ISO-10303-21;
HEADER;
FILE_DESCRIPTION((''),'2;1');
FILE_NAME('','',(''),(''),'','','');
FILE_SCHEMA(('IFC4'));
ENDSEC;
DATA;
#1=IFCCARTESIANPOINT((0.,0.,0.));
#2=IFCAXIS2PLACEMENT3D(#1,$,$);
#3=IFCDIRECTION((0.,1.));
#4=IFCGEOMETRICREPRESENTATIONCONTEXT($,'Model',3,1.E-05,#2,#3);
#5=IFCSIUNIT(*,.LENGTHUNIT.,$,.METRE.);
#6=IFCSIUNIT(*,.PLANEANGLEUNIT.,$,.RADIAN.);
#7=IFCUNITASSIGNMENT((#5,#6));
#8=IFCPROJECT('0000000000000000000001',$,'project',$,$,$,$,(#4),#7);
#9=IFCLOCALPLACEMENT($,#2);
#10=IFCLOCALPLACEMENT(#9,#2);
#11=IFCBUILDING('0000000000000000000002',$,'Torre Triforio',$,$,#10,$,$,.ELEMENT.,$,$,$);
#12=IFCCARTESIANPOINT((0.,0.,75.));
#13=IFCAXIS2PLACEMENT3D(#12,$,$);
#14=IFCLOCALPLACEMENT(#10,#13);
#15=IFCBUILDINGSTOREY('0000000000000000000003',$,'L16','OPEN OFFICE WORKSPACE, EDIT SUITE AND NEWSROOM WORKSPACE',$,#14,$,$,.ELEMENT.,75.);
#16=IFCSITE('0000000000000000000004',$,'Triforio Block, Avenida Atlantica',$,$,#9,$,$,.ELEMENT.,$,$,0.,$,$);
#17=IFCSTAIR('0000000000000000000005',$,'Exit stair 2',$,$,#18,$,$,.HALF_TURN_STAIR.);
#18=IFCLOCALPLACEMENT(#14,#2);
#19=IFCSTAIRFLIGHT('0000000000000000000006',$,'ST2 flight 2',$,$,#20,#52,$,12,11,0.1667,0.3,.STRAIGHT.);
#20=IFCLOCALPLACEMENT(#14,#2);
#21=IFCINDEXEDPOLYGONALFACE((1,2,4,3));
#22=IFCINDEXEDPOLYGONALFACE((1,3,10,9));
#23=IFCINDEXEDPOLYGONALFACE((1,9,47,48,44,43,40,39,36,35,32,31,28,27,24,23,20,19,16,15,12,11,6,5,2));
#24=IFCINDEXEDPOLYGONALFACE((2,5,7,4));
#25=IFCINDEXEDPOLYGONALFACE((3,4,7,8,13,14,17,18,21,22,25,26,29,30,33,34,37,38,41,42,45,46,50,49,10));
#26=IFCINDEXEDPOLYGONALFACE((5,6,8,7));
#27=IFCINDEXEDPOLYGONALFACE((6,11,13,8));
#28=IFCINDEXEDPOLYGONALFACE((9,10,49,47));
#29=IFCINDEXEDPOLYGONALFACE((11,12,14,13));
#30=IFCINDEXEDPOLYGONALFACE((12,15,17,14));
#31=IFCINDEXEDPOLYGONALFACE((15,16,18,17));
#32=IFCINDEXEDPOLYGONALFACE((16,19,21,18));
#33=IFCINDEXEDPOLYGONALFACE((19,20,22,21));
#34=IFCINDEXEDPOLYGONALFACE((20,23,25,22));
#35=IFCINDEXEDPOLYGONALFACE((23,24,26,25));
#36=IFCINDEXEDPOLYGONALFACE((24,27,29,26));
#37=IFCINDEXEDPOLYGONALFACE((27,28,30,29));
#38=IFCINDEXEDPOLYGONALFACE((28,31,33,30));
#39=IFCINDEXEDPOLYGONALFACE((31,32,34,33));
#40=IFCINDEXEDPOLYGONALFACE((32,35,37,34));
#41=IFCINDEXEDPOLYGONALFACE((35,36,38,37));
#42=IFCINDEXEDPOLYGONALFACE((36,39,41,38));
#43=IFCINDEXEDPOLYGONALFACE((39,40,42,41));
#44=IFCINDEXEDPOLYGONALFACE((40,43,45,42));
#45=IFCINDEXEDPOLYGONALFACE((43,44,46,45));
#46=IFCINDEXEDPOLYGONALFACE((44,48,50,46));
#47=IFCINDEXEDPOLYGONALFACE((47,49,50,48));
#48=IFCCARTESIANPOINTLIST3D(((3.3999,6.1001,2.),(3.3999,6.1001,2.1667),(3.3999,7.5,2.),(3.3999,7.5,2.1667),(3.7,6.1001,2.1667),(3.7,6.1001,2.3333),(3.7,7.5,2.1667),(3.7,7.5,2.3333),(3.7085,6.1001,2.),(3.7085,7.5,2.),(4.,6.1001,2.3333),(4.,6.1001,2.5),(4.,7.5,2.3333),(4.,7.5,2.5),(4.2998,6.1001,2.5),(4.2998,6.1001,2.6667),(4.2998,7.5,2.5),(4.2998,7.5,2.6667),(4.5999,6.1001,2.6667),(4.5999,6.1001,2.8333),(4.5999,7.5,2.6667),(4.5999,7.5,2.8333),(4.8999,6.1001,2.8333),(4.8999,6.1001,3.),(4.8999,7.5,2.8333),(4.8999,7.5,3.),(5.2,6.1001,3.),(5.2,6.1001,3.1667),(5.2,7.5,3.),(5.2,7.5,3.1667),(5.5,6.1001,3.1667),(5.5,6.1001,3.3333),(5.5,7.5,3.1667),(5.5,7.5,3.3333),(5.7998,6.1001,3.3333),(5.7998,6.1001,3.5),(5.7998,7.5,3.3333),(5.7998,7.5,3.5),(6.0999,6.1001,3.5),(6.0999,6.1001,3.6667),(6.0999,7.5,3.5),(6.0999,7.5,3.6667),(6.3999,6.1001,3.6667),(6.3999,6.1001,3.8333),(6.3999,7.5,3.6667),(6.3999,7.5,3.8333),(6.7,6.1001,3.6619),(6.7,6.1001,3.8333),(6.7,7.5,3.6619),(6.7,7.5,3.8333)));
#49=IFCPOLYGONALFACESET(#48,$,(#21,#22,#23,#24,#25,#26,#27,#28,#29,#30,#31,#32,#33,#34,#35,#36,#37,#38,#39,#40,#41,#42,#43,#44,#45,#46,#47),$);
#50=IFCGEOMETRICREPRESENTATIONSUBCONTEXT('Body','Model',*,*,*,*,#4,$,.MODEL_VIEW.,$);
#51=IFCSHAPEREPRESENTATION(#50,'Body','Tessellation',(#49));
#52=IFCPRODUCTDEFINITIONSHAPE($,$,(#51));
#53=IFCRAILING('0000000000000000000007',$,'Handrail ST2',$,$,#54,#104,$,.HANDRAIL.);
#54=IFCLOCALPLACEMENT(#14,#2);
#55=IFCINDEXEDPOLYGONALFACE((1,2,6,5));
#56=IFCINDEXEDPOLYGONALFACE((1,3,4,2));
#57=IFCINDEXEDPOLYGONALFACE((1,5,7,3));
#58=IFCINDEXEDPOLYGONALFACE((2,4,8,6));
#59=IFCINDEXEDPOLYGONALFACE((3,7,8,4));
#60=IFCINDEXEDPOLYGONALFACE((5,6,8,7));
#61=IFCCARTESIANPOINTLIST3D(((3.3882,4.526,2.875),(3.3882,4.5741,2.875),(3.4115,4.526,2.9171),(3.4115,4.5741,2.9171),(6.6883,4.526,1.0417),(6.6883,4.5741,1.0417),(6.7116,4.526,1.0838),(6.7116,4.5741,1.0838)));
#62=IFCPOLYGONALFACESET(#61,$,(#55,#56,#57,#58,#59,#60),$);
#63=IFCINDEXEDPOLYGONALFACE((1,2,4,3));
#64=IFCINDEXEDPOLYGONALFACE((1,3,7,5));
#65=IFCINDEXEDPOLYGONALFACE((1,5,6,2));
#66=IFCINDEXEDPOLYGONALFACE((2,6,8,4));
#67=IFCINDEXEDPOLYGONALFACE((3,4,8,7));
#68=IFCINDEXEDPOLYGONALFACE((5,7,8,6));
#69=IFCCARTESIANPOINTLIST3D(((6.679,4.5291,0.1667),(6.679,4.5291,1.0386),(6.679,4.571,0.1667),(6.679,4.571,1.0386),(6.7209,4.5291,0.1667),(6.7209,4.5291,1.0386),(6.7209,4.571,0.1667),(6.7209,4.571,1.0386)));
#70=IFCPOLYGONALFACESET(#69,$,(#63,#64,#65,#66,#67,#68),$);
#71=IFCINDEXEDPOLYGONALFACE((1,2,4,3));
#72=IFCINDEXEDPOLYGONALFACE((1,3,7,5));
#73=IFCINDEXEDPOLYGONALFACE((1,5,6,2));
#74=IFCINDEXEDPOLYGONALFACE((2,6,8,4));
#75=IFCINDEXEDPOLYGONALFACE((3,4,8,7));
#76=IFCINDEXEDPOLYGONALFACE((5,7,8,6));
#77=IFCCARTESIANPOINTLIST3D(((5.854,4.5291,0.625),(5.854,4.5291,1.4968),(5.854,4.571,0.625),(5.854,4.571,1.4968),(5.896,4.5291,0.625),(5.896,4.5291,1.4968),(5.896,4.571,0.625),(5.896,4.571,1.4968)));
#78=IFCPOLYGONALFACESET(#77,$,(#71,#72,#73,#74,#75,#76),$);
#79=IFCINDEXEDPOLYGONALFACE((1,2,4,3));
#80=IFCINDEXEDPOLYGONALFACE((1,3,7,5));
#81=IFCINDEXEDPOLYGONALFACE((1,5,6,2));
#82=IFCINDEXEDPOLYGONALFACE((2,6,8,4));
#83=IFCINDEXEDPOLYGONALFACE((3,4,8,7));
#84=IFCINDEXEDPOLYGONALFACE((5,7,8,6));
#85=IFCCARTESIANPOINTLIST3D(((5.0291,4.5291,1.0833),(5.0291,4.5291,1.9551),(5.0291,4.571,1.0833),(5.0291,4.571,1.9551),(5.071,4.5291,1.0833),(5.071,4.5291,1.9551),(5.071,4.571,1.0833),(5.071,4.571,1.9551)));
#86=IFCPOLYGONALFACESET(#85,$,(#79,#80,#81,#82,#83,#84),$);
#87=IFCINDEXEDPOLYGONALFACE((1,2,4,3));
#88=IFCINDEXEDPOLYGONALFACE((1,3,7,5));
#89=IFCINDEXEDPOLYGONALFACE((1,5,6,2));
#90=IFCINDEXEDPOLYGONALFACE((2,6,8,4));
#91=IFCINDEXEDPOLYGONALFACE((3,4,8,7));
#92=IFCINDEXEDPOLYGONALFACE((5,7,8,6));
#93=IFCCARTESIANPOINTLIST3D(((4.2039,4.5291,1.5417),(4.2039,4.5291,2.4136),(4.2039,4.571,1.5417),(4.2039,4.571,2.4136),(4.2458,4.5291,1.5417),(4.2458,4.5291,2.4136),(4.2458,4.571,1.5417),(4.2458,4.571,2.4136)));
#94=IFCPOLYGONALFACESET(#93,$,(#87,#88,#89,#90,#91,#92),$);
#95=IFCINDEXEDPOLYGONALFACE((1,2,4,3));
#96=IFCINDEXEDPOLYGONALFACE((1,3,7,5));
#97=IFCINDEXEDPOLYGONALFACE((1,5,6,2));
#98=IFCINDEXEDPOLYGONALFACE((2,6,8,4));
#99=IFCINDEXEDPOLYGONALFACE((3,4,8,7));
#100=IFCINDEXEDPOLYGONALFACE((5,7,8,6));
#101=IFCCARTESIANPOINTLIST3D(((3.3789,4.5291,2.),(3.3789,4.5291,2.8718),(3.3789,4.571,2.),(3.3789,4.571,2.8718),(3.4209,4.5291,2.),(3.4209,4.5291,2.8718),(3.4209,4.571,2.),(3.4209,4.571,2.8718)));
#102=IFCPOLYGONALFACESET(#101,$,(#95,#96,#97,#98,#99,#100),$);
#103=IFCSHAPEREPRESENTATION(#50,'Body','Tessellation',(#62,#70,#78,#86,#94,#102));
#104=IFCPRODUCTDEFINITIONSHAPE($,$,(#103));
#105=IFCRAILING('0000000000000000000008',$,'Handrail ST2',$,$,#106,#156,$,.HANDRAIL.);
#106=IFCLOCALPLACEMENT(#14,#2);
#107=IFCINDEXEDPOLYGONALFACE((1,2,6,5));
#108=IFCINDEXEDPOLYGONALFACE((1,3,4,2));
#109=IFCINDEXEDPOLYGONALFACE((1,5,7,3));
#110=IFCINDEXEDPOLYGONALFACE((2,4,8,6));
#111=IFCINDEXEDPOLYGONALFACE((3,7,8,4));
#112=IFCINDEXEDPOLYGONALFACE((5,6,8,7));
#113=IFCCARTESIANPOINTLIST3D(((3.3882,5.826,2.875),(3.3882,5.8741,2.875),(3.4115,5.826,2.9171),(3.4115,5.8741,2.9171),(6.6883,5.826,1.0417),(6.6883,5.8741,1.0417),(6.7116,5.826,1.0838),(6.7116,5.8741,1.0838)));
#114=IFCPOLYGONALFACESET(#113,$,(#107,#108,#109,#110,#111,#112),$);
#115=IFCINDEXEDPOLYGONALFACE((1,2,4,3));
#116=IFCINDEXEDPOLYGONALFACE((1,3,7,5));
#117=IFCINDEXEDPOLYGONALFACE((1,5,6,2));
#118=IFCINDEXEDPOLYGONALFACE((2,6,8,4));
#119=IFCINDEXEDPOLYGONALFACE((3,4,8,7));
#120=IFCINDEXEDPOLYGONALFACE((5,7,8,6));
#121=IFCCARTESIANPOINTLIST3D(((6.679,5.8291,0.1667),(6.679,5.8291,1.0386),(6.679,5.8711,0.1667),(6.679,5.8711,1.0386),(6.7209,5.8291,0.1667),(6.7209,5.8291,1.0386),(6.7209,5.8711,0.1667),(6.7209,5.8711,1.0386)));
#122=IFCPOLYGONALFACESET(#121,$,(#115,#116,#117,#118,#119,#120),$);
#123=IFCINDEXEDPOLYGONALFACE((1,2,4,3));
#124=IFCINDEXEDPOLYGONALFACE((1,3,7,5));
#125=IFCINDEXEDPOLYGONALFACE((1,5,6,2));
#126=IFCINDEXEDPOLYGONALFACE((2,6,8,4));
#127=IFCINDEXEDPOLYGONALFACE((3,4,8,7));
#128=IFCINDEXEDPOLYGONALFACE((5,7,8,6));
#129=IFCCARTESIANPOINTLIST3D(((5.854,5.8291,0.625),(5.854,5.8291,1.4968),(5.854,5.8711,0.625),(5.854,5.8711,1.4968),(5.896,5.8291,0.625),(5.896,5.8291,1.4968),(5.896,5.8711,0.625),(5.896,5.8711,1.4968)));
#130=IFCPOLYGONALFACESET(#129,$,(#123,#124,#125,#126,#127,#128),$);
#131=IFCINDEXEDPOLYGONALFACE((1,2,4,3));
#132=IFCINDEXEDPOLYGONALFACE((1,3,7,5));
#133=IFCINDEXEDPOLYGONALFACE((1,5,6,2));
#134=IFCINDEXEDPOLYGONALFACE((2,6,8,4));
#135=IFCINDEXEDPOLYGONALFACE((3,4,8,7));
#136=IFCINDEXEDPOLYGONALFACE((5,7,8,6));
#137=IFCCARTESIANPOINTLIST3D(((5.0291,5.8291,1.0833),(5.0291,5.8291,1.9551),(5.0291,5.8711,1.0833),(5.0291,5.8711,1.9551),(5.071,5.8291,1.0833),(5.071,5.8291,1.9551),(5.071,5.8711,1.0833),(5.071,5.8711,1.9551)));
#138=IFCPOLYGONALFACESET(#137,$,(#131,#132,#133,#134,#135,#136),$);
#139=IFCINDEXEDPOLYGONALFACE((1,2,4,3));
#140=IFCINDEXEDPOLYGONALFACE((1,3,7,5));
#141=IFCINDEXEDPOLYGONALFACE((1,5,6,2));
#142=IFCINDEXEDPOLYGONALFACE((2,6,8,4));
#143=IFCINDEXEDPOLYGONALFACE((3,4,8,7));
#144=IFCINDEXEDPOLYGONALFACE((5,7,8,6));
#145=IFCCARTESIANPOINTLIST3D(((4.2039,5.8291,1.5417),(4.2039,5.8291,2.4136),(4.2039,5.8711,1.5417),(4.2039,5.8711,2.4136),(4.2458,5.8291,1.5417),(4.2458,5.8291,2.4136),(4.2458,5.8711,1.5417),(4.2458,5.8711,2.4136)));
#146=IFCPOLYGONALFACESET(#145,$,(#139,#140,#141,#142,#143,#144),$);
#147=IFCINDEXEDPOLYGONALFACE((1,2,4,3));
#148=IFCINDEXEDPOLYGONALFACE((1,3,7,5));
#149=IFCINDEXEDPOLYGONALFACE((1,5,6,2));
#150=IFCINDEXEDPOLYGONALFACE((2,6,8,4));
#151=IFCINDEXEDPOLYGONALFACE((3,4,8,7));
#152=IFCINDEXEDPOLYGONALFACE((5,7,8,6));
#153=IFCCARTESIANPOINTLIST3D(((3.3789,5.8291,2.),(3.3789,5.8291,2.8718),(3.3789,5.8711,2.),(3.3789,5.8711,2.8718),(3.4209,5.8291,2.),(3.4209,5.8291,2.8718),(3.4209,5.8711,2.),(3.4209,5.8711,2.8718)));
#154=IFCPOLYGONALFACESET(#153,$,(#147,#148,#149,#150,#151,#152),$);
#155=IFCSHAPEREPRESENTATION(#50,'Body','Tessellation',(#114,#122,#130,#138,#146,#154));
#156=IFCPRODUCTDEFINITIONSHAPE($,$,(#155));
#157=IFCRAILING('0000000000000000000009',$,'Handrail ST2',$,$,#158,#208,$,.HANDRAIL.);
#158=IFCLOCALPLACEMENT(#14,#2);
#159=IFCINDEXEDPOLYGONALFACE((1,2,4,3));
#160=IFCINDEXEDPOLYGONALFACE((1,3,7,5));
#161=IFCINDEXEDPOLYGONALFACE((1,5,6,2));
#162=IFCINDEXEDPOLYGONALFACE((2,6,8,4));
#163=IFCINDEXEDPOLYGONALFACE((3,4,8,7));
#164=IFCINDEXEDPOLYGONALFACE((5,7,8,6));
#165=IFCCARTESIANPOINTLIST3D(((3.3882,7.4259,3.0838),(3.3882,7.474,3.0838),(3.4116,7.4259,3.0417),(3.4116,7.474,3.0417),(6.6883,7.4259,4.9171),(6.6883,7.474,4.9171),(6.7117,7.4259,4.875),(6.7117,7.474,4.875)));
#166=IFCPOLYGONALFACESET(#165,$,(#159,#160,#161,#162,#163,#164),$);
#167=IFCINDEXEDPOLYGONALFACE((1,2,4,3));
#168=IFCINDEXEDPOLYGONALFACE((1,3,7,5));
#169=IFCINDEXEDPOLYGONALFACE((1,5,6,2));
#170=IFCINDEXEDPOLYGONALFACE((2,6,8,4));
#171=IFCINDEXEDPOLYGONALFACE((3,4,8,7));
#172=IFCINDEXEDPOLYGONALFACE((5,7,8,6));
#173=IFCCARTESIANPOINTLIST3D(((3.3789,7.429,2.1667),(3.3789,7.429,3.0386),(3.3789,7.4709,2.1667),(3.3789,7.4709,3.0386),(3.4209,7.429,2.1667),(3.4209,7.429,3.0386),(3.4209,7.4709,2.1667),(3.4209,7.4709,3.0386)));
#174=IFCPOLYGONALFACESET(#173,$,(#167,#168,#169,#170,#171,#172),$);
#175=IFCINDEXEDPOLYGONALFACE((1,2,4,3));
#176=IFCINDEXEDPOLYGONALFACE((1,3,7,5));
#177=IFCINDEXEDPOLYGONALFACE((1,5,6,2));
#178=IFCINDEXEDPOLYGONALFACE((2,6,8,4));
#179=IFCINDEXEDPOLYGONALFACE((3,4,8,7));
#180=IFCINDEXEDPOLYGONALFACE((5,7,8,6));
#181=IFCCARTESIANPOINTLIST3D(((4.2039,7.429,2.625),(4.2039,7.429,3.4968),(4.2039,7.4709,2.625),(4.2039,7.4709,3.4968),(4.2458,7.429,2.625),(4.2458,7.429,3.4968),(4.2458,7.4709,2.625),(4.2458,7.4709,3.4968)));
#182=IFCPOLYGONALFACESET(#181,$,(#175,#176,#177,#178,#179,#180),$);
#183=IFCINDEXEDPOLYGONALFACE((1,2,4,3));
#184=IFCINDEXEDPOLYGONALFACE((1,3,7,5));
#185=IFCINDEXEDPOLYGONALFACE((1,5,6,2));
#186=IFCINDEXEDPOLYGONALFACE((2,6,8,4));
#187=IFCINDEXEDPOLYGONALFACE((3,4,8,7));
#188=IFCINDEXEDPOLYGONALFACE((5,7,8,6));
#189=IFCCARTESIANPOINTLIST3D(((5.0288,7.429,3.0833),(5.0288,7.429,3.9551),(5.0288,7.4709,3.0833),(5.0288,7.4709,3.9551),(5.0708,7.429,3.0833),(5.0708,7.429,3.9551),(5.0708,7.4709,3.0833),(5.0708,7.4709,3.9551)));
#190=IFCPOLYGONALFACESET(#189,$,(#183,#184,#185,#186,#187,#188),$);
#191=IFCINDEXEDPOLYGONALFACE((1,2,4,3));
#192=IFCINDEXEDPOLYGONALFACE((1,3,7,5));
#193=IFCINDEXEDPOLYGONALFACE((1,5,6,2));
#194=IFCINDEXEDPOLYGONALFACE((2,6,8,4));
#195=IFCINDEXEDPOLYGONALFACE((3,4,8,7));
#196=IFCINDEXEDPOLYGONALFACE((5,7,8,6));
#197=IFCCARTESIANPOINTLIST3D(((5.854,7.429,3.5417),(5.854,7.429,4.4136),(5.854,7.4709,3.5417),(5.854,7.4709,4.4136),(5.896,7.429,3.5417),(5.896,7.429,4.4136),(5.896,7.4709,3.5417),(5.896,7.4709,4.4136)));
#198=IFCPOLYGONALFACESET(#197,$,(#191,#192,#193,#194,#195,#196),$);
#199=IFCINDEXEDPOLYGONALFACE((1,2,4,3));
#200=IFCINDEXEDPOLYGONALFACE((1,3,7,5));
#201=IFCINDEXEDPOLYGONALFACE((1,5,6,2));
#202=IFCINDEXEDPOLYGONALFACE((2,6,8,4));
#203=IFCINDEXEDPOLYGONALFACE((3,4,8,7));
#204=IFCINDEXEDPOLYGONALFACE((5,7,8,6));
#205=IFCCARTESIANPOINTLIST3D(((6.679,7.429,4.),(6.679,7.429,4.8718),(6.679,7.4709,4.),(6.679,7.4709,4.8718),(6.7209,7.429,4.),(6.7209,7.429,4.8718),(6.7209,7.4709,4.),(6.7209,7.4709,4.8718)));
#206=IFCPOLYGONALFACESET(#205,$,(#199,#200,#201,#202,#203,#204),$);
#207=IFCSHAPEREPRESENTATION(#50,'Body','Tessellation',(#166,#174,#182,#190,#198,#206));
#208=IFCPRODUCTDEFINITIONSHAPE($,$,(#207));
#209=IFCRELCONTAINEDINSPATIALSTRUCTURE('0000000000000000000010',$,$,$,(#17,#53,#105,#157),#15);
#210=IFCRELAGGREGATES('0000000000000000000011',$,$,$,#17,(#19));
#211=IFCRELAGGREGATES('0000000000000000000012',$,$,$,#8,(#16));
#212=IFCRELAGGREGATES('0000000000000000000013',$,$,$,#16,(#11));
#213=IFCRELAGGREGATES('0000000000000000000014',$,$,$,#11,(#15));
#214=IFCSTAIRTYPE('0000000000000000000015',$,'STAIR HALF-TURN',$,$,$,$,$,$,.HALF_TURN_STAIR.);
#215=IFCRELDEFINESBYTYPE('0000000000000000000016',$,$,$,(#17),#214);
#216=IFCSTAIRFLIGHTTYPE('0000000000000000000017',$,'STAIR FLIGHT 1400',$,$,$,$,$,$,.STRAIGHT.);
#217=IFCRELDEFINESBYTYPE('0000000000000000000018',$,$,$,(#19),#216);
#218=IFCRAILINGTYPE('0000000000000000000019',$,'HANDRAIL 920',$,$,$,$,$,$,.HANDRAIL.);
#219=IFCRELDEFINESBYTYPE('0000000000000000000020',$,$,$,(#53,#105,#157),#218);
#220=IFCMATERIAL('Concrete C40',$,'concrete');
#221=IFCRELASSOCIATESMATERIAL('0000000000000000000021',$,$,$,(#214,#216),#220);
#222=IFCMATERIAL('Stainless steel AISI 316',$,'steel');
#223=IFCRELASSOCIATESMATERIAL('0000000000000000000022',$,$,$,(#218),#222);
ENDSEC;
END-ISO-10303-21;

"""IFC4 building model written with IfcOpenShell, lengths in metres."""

from ifc_helpers import new_model, si_unit, direction, frame, origin, origin_2d, place, context, subcontext, project, spatial, polyline, rectangle, outline, extrude, material, type_object, element, aggregate, save


model = new_model("IFC4")

# Units and contexts
model_context = context("Model", 3, precision=1e-05, world=origin(), true_north=direction((0.0, 1.0)))
body_context = subcontext(model_context, "Body", "Model", "MODEL_VIEW")
ifc_project = project(units=[si_unit("LENGTHUNIT", "METRE"), si_unit("PLANEANGLEUNIT", "RADIAN")], contexts=[model_context])

# Site, building, storey
site_placement = place(None, origin())
site = spatial("IfcSite", under=ifc_project, at=site_placement, Name="Triforio Block, Avenida Atlantica", CompositionType="ELEMENT", RefElevation=0.0)
building_placement = place(site_placement, origin())
building = spatial("IfcBuilding", under=site, at=building_placement, Name="Torre Triforio", CompositionType="ELEMENT")
storey_placement = place(building_placement, frame((0.0, 0.0, 75.0)))
storey = spatial("IfcBuildingStorey", under=building, at=storey_placement, Name="L16", Description="OPEN OFFICE WORKSPACE, EDIT SUITE AND NEWSROOM WORKSPACE", CompositionType="ELEMENT", Elevation=75.0)

# Stair
ifc_material_1 = material(Name="Concrete C40", Category="concrete")
stair_type = type_object("IfcStairType", Name="STAIR HALF-TURN", PredefinedType="HALF_TURN_STAIR", material=ifc_material_1)
stair_1_placement = place(storey_placement, origin())
stair_1 = element("IfcStair", 1, at=stair_1_placement, inside=storey, type_object=stair_type, Name="Exit stair 2", PredefinedType="HALF_TURN_STAIR")

# Stair flight
stair_flight_type = type_object("IfcStairFlightType", Name="STAIR FLIGHT 1400", PredefinedType="STRAIGHT", material=ifc_material_1)
stair_flight_1_placement = place(storey_placement, frame((3.3999, 6.8, 2.0), z_axis=(0.0, 0.0, 1.0), x_axis=(1.0, 0.0, 0.0)))
stair_flight_1 = element("IfcStairFlight", 2, at=stair_flight_1_placement, type_object=stair_flight_type, Name="ST2 flight 2", NumberOfRisers=12, NumberOfTreads=11, PredefinedType="STRAIGHT", RiserHeight=0.1667, TreadLength=0.3, context=body_context, shape_type="SweptSolid", body=[
    extrude(outline(polyline([(0.0, 0.0), (0.0, 0.1667), (0.3, 0.1667), (0.3, 0.3333), (0.6001, 0.3333), (0.6001, 0.5), (0.8999, 0.5), (0.8999, 0.6667), (1.2, 0.6667), (1.2, 0.8333), (1.5, 0.8333), (1.5, 1.0), (1.8, 1.0), (1.8, 1.1667), (2.1001, 1.1667), (2.1001, 1.3333), (2.3999, 1.3333), (2.3999, 1.5), (2.7, 1.5), (2.7, 1.6667), (3.0, 1.6667), (3.0, 1.8333), (3.3, 1.8333), (3.3, 2.0), (3.3, 1.6619), (0.3086, 0.0), (0.0, 0.0)])), frame((0.0, 0.7, 0.0), z_axis=(0.0, -1.0, 0.0), x_axis=(1.0, 0.0, 0.0)), (0.0, 0.0, 1.0), 1.3999),
])
aggregate(stair_1, [stair_flight_1])

# Railings
ifc_material_2 = material(Name="Stainless steel AISI 316", Category="steel")
railing_type = type_object("IfcRailingType", Name="HANDRAIL 920", PredefinedType="HANDRAIL", material=ifc_material_2)
for number, where, name in (
    (3, (6.7, 4.55, 0.1667), "Handrail ST2"),
    (4, (6.7, 5.8501, 0.1667), "Handrail ST2"),
):
    element("IfcRailing", number, at=place(storey_placement, frame(where)), inside=storey, type_object=railing_type, Name=name, PredefinedType="HANDRAIL", context=body_context, shape_type="SweptSolid", body=[
        extrude(rectangle(XDim=0.0481, YDim=0.0481, at=origin_2d()), frame((0.0, 0.0, 0.896), z_axis=(-0.874169, 0.0, 0.485621), x_axis=(0.0, -1.0, 0.0)), (0.0, 0.0, 1.0), 3.7751),
        extrude(rectangle(XDim=0.042, YDim=0.042, at=origin_2d()), origin(), (0.0, 0.0, 1.0), 0.8718),
        extrude(rectangle(XDim=0.042, YDim=0.042, at=origin_2d()), frame((-0.825, 0.0, 0.4583)), (0.0, 0.0, 1.0), 0.8718),
        extrude(rectangle(XDim=0.042, YDim=0.042, at=origin_2d()), frame((-1.6499, 0.0, 0.9165)), (0.0, 0.0, 1.0), 0.8718),
        extrude(rectangle(XDim=0.042, YDim=0.042, at=origin_2d()), frame((-2.4751, 0.0, 1.375)), (0.0, 0.0, 1.0), 0.8718),
        extrude(rectangle(XDim=0.042, YDim=0.042, at=origin_2d()), frame((-3.3, 0.0, 1.8333)), (0.0, 0.0, 1.0), 0.8718),
    ])
for number, where, name in (
    (5, (3.3999, 7.45, 2.1667), "Handrail ST2"),
):
    element("IfcRailing", number, at=place(storey_placement, frame(where)), inside=storey, type_object=railing_type, Name=name, PredefinedType="HANDRAIL", context=body_context, shape_type="SweptSolid", body=[
        extrude(rectangle(XDim=0.0481, YDim=0.0481, at=origin_2d()), frame((0.0, 0.0, 0.896), z_axis=(0.874169, 0.0, 0.485621), x_axis=(0.0, 1.0, 0.0)), (0.0, 0.0, 1.0), 3.7751),
        extrude(rectangle(XDim=0.042, YDim=0.042, at=origin_2d()), origin(), (0.0, 0.0, 1.0), 0.8718),
        extrude(rectangle(XDim=0.042, YDim=0.042, at=origin_2d()), frame((0.825, 0.0, 0.4583)), (0.0, 0.0, 1.0), 0.8718),
        extrude(rectangle(XDim=0.042, YDim=0.042, at=origin_2d()), frame((1.6499, 0.0, 0.9165)), (0.0, 0.0, 1.0), 0.8718),
        extrude(rectangle(XDim=0.042, YDim=0.042, at=origin_2d()), frame((2.4751, 0.0, 1.375)), (0.0, 0.0, 1.0), 0.8718),
        extrude(rectangle(XDim=0.042, YDim=0.042, at=origin_2d()), frame((3.3, 0.0, 1.8333)), (0.0, 0.0, 1.0), 0.8718),
    ])

save(model, "model.ifc")
